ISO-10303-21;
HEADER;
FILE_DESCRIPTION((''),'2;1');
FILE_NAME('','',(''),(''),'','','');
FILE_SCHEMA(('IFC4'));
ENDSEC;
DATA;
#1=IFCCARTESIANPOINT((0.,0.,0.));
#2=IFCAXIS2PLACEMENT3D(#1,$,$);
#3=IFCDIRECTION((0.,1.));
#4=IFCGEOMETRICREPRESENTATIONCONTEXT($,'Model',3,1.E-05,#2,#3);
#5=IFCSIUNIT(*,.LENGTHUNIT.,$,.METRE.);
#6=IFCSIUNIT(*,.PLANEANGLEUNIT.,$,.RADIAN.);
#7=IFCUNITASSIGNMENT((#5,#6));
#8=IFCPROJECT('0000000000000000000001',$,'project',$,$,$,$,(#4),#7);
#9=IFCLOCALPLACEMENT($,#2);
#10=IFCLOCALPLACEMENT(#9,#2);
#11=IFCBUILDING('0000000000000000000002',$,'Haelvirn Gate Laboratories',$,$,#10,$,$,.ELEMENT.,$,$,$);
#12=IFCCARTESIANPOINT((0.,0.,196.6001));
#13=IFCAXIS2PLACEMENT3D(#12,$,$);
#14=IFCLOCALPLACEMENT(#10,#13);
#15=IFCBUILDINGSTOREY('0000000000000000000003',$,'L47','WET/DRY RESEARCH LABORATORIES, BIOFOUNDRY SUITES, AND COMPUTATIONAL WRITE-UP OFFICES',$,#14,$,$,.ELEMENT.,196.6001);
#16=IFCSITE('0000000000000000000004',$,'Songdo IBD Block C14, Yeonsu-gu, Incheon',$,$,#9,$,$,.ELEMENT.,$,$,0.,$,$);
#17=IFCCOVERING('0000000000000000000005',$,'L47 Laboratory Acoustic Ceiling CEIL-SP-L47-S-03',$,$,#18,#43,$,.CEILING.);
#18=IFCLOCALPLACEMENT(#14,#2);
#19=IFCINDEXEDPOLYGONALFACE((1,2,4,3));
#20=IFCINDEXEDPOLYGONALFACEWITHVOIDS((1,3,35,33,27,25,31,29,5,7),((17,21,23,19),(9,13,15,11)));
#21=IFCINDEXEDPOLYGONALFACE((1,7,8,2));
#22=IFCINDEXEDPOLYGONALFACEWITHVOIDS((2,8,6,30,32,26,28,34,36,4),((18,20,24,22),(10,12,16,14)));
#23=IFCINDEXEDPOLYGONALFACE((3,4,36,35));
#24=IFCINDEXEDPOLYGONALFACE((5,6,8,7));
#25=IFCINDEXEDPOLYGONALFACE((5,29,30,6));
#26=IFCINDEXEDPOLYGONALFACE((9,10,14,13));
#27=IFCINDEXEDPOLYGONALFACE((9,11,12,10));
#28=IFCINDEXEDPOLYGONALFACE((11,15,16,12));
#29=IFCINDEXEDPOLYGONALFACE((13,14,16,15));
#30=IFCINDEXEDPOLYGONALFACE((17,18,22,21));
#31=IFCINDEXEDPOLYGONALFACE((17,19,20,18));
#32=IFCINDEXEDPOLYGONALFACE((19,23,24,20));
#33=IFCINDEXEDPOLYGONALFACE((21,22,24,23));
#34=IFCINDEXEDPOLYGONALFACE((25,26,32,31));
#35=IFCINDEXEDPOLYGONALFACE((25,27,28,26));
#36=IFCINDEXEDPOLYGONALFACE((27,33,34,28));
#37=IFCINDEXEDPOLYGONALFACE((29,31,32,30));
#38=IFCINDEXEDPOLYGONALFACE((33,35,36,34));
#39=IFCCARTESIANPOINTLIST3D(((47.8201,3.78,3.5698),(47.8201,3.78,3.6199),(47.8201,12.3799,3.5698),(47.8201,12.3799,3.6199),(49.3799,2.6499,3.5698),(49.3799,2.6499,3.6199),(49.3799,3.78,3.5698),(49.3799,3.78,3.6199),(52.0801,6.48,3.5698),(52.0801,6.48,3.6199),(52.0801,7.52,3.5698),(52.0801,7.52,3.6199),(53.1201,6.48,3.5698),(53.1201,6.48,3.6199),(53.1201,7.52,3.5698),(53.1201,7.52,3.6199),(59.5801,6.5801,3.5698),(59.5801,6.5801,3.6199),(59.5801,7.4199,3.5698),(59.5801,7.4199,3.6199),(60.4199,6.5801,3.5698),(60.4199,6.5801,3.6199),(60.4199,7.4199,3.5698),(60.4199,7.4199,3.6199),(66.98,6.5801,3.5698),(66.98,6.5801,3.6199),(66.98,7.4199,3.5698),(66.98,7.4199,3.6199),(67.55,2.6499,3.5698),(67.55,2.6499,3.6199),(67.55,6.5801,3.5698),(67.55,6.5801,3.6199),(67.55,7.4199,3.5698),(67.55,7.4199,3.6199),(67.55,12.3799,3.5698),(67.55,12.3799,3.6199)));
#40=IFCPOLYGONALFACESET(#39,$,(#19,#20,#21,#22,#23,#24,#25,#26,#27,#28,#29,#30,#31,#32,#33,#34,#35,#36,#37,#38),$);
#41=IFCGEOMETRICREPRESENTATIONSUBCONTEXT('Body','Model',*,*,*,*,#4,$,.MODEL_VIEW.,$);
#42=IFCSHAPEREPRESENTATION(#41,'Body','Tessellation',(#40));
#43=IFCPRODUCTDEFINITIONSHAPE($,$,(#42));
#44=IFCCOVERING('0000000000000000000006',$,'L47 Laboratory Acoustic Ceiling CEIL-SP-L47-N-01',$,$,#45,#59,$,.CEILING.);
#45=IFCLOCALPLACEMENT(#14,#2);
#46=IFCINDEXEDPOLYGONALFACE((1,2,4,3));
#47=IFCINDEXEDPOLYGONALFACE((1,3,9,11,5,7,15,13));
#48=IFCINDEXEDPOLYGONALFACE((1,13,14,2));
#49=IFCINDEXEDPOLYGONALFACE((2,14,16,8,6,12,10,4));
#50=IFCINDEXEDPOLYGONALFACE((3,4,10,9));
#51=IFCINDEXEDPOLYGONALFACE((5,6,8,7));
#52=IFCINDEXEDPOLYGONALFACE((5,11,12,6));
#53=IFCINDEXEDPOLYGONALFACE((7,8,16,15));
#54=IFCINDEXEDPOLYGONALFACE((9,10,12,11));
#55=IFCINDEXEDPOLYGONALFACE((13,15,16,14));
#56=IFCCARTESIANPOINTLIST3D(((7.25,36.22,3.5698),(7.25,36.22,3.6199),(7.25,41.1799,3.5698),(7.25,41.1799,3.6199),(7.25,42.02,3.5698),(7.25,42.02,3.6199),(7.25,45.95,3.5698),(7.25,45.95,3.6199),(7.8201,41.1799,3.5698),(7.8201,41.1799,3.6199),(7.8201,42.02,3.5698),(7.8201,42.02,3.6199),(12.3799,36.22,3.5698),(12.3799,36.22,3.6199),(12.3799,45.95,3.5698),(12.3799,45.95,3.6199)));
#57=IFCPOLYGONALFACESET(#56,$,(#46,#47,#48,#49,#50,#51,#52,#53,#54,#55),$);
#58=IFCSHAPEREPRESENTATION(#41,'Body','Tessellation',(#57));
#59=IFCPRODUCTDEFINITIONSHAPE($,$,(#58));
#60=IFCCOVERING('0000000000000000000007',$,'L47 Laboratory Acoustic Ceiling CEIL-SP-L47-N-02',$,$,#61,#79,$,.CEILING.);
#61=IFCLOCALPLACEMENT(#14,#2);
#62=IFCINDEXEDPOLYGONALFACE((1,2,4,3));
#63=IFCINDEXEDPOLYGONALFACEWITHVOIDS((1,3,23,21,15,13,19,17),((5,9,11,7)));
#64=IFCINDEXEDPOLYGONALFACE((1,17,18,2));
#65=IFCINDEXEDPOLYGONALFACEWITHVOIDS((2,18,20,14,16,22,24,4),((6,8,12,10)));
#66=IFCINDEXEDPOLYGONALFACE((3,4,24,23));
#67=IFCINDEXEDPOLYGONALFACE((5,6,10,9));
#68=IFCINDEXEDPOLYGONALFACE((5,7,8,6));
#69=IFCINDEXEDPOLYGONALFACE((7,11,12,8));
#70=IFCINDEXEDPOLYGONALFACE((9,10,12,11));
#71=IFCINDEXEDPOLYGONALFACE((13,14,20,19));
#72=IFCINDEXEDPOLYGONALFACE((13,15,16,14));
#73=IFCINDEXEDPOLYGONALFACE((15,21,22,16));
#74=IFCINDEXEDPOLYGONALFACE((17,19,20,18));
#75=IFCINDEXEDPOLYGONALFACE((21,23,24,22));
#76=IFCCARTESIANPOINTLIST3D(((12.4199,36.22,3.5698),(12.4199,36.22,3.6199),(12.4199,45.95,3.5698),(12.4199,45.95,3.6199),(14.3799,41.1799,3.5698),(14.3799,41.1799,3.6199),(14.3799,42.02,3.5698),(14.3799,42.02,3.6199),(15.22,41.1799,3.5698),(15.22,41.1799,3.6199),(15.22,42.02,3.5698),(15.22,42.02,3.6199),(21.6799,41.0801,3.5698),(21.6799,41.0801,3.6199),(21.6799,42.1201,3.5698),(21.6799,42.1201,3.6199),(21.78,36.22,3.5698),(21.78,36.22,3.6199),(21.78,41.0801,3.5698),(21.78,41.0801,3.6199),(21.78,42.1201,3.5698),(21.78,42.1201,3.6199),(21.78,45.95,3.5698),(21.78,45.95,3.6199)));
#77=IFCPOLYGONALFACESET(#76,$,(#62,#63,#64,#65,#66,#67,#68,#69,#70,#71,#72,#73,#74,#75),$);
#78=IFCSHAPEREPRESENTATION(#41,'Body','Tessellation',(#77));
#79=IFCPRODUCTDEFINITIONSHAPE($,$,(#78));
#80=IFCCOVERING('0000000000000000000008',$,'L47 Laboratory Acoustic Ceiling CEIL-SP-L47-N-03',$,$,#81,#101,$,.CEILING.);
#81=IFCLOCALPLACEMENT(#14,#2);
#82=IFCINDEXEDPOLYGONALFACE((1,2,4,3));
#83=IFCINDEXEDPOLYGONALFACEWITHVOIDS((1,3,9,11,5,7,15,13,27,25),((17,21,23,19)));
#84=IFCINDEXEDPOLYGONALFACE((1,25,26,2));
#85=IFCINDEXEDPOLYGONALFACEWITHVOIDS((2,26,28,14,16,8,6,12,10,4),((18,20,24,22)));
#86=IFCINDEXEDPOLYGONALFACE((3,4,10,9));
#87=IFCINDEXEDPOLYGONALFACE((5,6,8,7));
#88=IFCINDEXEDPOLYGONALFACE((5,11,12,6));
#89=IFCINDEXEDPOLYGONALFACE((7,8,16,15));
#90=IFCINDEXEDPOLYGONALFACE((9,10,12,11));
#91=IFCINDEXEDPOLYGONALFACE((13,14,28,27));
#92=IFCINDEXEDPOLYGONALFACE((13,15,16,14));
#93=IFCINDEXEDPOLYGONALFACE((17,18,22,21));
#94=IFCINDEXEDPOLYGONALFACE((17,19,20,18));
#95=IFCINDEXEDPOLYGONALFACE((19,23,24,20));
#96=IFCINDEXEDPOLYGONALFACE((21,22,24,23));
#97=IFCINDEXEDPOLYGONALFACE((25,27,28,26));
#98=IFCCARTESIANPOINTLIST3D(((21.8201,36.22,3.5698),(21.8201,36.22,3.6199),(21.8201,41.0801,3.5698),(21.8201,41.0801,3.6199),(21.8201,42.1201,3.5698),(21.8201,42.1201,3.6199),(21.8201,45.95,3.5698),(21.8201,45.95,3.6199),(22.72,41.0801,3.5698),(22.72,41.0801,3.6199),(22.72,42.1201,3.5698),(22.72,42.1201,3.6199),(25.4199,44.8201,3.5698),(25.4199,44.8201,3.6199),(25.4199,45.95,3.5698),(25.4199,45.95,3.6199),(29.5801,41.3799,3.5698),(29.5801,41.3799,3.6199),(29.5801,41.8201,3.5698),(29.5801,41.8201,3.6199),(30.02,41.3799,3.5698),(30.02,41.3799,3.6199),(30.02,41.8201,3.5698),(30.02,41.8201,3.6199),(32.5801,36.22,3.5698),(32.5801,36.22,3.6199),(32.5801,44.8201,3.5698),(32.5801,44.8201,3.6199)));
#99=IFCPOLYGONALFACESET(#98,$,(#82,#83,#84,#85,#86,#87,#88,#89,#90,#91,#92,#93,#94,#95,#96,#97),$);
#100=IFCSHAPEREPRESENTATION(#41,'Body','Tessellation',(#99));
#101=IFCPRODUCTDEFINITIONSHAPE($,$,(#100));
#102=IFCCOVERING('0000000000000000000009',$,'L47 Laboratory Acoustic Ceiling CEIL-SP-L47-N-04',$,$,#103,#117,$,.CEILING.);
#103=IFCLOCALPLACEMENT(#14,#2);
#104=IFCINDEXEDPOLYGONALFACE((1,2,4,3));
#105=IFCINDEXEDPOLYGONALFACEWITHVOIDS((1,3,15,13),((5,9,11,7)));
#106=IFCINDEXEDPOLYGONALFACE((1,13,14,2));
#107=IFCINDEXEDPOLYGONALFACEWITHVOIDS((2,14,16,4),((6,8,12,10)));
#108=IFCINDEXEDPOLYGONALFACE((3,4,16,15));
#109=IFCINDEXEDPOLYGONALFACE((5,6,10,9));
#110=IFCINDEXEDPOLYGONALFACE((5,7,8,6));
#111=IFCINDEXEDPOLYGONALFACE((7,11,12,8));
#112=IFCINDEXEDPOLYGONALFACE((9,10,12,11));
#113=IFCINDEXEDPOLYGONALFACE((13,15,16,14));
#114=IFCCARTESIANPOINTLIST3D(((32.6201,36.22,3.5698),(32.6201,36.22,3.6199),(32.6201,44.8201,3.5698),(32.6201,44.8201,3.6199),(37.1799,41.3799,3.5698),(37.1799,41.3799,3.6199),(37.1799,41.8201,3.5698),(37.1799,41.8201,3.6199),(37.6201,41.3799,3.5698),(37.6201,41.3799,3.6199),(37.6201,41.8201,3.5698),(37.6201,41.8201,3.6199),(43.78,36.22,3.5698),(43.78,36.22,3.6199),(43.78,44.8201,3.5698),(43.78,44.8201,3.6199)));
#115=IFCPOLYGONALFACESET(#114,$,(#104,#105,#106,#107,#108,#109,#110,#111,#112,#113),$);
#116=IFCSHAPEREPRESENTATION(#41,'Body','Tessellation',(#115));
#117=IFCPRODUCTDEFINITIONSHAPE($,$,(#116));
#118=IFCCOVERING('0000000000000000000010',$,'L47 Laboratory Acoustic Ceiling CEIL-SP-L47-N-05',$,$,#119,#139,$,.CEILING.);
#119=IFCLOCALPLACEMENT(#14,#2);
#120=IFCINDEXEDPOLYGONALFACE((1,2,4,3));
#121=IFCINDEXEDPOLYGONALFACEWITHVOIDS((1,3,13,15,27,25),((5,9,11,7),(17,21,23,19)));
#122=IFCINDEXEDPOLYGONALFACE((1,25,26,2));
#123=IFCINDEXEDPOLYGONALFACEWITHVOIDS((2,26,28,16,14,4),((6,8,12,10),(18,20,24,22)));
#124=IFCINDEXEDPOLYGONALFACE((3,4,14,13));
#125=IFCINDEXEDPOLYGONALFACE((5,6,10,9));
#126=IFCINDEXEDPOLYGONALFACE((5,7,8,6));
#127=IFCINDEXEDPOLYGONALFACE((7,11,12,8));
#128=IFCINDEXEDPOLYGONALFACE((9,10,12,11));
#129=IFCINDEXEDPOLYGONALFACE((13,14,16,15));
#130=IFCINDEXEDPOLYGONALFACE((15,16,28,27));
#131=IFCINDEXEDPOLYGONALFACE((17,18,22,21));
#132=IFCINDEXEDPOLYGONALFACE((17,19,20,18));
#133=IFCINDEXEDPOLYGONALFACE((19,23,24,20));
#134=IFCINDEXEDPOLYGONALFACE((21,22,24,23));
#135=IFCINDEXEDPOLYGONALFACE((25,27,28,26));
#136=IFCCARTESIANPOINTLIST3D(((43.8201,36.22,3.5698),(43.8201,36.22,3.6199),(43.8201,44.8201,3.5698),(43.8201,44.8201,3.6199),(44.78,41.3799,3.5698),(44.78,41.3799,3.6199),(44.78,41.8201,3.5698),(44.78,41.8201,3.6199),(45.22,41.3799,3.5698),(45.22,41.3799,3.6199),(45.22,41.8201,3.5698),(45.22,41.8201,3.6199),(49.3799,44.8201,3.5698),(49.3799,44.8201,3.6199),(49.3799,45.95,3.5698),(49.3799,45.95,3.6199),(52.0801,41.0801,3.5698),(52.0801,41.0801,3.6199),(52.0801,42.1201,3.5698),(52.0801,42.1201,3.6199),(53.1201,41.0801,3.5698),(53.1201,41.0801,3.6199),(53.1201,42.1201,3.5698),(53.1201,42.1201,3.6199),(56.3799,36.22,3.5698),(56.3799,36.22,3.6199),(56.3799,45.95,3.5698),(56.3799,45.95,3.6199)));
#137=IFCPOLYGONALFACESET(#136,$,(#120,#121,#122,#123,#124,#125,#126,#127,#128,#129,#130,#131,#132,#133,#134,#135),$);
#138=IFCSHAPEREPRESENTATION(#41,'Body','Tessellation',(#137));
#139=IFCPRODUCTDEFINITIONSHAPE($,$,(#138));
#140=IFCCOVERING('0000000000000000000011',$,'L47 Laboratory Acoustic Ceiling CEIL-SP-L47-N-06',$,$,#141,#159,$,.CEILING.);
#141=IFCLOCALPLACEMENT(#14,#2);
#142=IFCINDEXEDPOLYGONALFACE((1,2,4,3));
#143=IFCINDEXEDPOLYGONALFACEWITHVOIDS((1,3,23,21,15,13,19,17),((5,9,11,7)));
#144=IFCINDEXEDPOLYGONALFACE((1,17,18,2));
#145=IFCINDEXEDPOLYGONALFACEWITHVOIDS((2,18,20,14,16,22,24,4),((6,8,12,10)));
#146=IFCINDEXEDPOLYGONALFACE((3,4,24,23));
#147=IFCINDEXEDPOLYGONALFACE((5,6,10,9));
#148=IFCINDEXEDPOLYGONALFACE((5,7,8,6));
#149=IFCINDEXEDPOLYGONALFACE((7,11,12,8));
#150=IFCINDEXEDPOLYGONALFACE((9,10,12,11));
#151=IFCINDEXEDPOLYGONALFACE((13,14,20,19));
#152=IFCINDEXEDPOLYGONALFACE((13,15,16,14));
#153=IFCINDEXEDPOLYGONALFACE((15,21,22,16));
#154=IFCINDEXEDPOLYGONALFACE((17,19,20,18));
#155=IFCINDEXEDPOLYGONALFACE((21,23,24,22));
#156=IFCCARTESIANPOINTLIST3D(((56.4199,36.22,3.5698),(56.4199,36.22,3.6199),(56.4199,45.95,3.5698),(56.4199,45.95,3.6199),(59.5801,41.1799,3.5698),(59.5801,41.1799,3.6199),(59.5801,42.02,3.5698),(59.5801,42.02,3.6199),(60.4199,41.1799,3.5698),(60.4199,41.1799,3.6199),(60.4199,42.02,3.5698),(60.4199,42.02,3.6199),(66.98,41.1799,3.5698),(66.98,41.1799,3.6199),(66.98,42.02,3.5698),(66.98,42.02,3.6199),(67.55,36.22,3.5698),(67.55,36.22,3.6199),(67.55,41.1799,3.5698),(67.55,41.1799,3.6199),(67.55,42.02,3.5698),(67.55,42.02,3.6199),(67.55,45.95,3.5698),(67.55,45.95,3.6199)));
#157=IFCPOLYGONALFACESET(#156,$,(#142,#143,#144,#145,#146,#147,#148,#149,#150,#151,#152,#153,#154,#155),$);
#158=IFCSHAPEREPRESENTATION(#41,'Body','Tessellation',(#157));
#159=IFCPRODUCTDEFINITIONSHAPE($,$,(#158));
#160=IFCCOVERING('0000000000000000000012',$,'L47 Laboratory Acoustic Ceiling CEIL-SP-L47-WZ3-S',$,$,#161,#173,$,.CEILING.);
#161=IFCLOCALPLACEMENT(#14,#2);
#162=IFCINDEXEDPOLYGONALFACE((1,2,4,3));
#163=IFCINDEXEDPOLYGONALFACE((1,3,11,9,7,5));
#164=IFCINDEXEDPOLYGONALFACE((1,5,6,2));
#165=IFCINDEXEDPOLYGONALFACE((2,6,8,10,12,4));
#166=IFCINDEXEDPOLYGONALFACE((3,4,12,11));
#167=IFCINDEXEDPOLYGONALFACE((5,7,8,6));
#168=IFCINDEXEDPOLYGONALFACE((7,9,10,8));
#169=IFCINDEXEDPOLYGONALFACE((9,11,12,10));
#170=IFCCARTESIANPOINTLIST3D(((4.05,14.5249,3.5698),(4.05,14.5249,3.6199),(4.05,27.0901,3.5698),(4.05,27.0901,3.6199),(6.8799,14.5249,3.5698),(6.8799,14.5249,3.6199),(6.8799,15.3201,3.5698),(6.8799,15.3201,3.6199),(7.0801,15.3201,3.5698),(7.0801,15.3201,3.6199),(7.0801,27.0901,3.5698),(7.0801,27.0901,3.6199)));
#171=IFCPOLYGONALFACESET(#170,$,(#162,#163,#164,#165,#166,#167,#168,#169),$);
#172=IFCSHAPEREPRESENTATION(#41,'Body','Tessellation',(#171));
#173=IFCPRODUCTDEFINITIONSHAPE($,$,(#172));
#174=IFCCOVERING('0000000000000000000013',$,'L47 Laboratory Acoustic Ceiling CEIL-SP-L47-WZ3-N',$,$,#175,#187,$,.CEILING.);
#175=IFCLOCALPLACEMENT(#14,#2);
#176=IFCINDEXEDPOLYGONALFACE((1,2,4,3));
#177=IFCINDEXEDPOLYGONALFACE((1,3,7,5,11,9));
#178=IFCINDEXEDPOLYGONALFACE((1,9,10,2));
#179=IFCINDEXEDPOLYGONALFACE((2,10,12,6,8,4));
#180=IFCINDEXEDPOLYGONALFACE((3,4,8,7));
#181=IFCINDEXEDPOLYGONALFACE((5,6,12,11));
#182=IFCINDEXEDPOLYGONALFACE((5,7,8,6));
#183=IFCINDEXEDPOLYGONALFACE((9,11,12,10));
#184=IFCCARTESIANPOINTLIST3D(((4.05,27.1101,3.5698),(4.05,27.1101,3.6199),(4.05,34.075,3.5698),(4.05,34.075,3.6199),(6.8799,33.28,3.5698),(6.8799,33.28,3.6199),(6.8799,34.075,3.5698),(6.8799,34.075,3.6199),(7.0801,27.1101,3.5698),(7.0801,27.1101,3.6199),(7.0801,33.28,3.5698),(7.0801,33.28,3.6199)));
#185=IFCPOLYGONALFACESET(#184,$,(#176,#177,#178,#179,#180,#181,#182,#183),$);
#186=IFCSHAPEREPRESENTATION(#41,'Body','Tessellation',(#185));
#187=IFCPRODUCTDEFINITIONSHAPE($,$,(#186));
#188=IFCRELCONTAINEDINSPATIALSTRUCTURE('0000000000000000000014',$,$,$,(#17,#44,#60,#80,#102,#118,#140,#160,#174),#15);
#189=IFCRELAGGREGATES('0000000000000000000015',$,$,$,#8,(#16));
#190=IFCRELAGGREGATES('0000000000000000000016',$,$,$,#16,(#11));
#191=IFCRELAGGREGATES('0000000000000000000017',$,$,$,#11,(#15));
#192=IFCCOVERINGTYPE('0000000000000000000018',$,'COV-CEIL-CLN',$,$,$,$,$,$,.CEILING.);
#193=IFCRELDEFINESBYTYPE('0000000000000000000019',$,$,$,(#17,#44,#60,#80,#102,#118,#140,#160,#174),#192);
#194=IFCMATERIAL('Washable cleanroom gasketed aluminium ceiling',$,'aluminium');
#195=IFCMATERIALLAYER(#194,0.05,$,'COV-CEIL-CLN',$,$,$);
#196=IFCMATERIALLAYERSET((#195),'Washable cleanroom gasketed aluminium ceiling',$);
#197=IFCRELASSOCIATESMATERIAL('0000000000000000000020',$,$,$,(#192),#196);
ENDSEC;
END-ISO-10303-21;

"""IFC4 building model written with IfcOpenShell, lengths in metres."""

from ifc_helpers import new_model, si_unit, direction, frame, origin, place, context, subcontext, project, spatial, polyline, outline, extrude, material, layer, layer_set, type_object, element, save


model = new_model("IFC4")

# Units and contexts
model_context = context("Model", 3, precision=1e-05, world=origin(), true_north=direction((0.0, 1.0)))
body_context = subcontext(model_context, "Body", "Model", "MODEL_VIEW")
ifc_project = project(units=[si_unit("LENGTHUNIT", "METRE"), si_unit("PLANEANGLEUNIT", "RADIAN")], contexts=[model_context])

# Site, building, storey
site_placement = place(None, origin())
site = spatial("IfcSite", under=ifc_project, at=site_placement, Name="Songdo IBD Block C14, Yeonsu-gu, Incheon", CompositionType="ELEMENT", RefElevation=0.0)
building_placement = place(site_placement, origin())
building = spatial("IfcBuilding", under=site, at=building_placement, Name="Haelvirn Gate Laboratories", CompositionType="ELEMENT")
storey_placement = place(building_placement, frame((0.0, 0.0, 196.6001)))
storey = spatial("IfcBuildingStorey", under=building, at=storey_placement, Name="L47", Description="WET/DRY RESEARCH LABORATORIES, BIOFOUNDRY SUITES, AND COMPUTATIONAL WRITE-UP OFFICES", CompositionType="ELEMENT", Elevation=196.6001)

# Coverings
ifc_material_1 = material(Name="Washable cleanroom gasketed aluminium ceiling", Category="aluminium")
ifc_layer_1 = layer(ifc_material_1, 0.05, Name="COV-CEIL-CLN")
ifc_layer_set_1 = layer_set([ifc_layer_1], Name="Washable cleanroom gasketed aluminium ceiling")
covering_type_1 = type_object("IfcCoveringType", Name="COV-CEIL-CLN", PredefinedType="CEILING", material=ifc_layer_set_1)
covering_1_placement = place(storey_placement, frame((0.0, 0.0, 3.5698)))
element("IfcCovering", 1, at=covering_1_placement, inside=storey, type_object=covering_type_1, Name="L47 Laboratory Acoustic Ceiling CEIL-SP-L47-S-03", PredefinedType="CEILING", context=body_context, shape_type="SweptSolid", body=[
    extrude(outline(polyline([(67.55, 12.3799), (67.55, 7.4199), (66.98, 7.4199), (66.98, 6.5801), (67.55, 6.5801), (67.55, 2.6499), (49.3799, 2.6499), (49.3799, 3.78), (47.8201, 3.78), (47.8201, 12.3799), (67.55, 12.3799)]), holes=[polyline([(52.0801, 6.48), (53.1201, 6.48), (53.1201, 7.52), (52.0801, 7.52), (52.0801, 6.48)]), polyline([(59.5801, 7.4199), (59.5801, 6.5801), (60.4199, 6.5801), (60.4199, 7.4199), (59.5801, 7.4199)])]), origin(), (0.0, 0.0, 1.0), 0.05),
])
covering_2_placement = place(storey_placement, frame((0.0, 0.0, 3.5698)))
element("IfcCovering", 2, at=covering_2_placement, inside=storey, type_object=covering_type_1, Name="L47 Laboratory Acoustic Ceiling CEIL-SP-L47-N-01", PredefinedType="CEILING", context=body_context, shape_type="SweptSolid", body=[
    extrude(outline(polyline([(7.25, 45.95), (12.3799, 45.95), (12.3799, 36.22), (7.25, 36.22), (7.25, 41.1799), (7.8201, 41.1799), (7.8201, 42.02), (7.25, 42.02), (7.25, 45.95)])), origin(), (0.0, 0.0, 1.0), 0.05),
])
covering_3_placement = place(storey_placement, frame((0.0, 0.0, 3.5698)))
element("IfcCovering", 3, at=covering_3_placement, inside=storey, type_object=covering_type_1, Name="L47 Laboratory Acoustic Ceiling CEIL-SP-L47-N-02", PredefinedType="CEILING", context=body_context, shape_type="SweptSolid", body=[
    extrude(outline(polyline([(21.78, 36.22), (12.4199, 36.22), (12.4199, 45.95), (21.78, 45.95), (21.78, 42.1201), (21.6799, 42.1201), (21.6799, 41.0801), (21.78, 41.0801), (21.78, 36.22)]), holes=[polyline([(14.3799, 42.02), (14.3799, 41.1799), (15.22, 41.1799), (15.22, 42.02), (14.3799, 42.02)])]), origin(), (0.0, 0.0, 1.0), 0.05),
])
covering_4_placement = place(storey_placement, frame((0.0, 0.0, 3.5698)))
element("IfcCovering", 4, at=covering_4_placement, inside=storey, type_object=covering_type_1, Name="L47 Laboratory Acoustic Ceiling CEIL-SP-L47-N-03", PredefinedType="CEILING", context=body_context, shape_type="SweptSolid", body=[
    extrude(outline(polyline([(25.4199, 45.95), (25.4199, 44.8201), (32.5801, 44.8201), (32.5801, 36.22), (21.8201, 36.22), (21.8201, 41.0801), (22.72, 41.0801), (22.72, 42.1201), (21.8201, 42.1201), (21.8201, 45.95), (25.4199, 45.95)]), holes=[polyline([(30.02, 41.8201), (29.5801, 41.8201), (29.5801, 41.3799), (30.02, 41.3799), (30.02, 41.8201)])]), origin(), (0.0, 0.0, 1.0), 0.05),
])
covering_5_placement = place(storey_placement, frame((0.0, 0.0, 3.5698)))
element("IfcCovering", 5, at=covering_5_placement, inside=storey, type_object=covering_type_1, Name="L47 Laboratory Acoustic Ceiling CEIL-SP-L47-N-04", PredefinedType="CEILING", context=body_context, shape_type="SweptSolid", body=[
    extrude(outline(polyline([(43.78, 44.8201), (43.78, 36.22), (32.6201, 36.22), (32.6201, 44.8201), (43.78, 44.8201)]), holes=[polyline([(37.6201, 41.8201), (37.1799, 41.8201), (37.1799, 41.3799), (37.6201, 41.3799), (37.6201, 41.8201)])]), origin(), (0.0, 0.0, 1.0), 0.05),
])
covering_6_placement = place(storey_placement, frame((0.0, 0.0, 3.5698)))
element("IfcCovering", 6, at=covering_6_placement, inside=storey, type_object=covering_type_1, Name="L47 Laboratory Acoustic Ceiling CEIL-SP-L47-N-05", PredefinedType="CEILING", context=body_context, shape_type="SweptSolid", body=[
    extrude(outline(polyline([(49.3799, 45.95), (56.3799, 45.95), (56.3799, 36.22), (43.8201, 36.22), (43.8201, 44.8201), (49.3799, 44.8201), (49.3799, 45.95)]), holes=[polyline([(52.0801, 42.1201), (52.0801, 41.0801), (53.1201, 41.0801), (53.1201, 42.1201), (52.0801, 42.1201)]), polyline([(45.22, 41.8201), (44.78, 41.8201), (44.78, 41.3799), (45.22, 41.3799), (45.22, 41.8201)])]), origin(), (0.0, 0.0, 1.0), 0.05),
])
covering_7_placement = place(storey_placement, frame((0.0, 0.0, 3.5698)))
element("IfcCovering", 7, at=covering_7_placement, inside=storey, type_object=covering_type_1, Name="L47 Laboratory Acoustic Ceiling CEIL-SP-L47-N-06", PredefinedType="CEILING", context=body_context, shape_type="SweptSolid", body=[
    extrude(outline(polyline([(67.55, 36.22), (56.4199, 36.22), (56.4199, 45.95), (67.55, 45.95), (67.55, 42.02), (66.98, 42.02), (66.98, 41.1799), (67.55, 41.1799), (67.55, 36.22)]), holes=[polyline([(59.5801, 42.02), (59.5801, 41.1799), (60.4199, 41.1799), (60.4199, 42.02), (59.5801, 42.02)])]), origin(), (0.0, 0.0, 1.0), 0.05),
])
covering_8_placement = place(storey_placement, frame((0.0, 0.0, 3.5698)))
element("IfcCovering", 8, at=covering_8_placement, inside=storey, type_object=covering_type_1, Name="L47 Laboratory Acoustic Ceiling CEIL-SP-L47-WZ3-S", PredefinedType="CEILING", context=body_context, shape_type="SweptSolid", body=[
    extrude(outline(polyline([(7.0801, 27.0901), (7.0801, 15.3201), (6.8799, 15.3201), (6.8799, 14.5249), (4.05, 14.5249), (4.05, 27.0901), (7.0801, 27.0901)])), origin(), (0.0, 0.0, 1.0), 0.05),
])
covering_9_placement = place(storey_placement, frame((0.0, 0.0, 3.5698)))
element("IfcCovering", 9, at=covering_9_placement, inside=storey, type_object=covering_type_1, Name="L47 Laboratory Acoustic Ceiling CEIL-SP-L47-WZ3-N", PredefinedType="CEILING", context=body_context, shape_type="SweptSolid", body=[
    extrude(outline(polyline([(6.8799, 34.075), (6.8799, 33.28), (7.0801, 33.28), (7.0801, 27.1101), (4.05, 27.1101), (4.05, 34.075), (6.8799, 34.075)])), origin(), (0.0, 0.0, 1.0), 0.05),
])

save(model, "model.ifc")
